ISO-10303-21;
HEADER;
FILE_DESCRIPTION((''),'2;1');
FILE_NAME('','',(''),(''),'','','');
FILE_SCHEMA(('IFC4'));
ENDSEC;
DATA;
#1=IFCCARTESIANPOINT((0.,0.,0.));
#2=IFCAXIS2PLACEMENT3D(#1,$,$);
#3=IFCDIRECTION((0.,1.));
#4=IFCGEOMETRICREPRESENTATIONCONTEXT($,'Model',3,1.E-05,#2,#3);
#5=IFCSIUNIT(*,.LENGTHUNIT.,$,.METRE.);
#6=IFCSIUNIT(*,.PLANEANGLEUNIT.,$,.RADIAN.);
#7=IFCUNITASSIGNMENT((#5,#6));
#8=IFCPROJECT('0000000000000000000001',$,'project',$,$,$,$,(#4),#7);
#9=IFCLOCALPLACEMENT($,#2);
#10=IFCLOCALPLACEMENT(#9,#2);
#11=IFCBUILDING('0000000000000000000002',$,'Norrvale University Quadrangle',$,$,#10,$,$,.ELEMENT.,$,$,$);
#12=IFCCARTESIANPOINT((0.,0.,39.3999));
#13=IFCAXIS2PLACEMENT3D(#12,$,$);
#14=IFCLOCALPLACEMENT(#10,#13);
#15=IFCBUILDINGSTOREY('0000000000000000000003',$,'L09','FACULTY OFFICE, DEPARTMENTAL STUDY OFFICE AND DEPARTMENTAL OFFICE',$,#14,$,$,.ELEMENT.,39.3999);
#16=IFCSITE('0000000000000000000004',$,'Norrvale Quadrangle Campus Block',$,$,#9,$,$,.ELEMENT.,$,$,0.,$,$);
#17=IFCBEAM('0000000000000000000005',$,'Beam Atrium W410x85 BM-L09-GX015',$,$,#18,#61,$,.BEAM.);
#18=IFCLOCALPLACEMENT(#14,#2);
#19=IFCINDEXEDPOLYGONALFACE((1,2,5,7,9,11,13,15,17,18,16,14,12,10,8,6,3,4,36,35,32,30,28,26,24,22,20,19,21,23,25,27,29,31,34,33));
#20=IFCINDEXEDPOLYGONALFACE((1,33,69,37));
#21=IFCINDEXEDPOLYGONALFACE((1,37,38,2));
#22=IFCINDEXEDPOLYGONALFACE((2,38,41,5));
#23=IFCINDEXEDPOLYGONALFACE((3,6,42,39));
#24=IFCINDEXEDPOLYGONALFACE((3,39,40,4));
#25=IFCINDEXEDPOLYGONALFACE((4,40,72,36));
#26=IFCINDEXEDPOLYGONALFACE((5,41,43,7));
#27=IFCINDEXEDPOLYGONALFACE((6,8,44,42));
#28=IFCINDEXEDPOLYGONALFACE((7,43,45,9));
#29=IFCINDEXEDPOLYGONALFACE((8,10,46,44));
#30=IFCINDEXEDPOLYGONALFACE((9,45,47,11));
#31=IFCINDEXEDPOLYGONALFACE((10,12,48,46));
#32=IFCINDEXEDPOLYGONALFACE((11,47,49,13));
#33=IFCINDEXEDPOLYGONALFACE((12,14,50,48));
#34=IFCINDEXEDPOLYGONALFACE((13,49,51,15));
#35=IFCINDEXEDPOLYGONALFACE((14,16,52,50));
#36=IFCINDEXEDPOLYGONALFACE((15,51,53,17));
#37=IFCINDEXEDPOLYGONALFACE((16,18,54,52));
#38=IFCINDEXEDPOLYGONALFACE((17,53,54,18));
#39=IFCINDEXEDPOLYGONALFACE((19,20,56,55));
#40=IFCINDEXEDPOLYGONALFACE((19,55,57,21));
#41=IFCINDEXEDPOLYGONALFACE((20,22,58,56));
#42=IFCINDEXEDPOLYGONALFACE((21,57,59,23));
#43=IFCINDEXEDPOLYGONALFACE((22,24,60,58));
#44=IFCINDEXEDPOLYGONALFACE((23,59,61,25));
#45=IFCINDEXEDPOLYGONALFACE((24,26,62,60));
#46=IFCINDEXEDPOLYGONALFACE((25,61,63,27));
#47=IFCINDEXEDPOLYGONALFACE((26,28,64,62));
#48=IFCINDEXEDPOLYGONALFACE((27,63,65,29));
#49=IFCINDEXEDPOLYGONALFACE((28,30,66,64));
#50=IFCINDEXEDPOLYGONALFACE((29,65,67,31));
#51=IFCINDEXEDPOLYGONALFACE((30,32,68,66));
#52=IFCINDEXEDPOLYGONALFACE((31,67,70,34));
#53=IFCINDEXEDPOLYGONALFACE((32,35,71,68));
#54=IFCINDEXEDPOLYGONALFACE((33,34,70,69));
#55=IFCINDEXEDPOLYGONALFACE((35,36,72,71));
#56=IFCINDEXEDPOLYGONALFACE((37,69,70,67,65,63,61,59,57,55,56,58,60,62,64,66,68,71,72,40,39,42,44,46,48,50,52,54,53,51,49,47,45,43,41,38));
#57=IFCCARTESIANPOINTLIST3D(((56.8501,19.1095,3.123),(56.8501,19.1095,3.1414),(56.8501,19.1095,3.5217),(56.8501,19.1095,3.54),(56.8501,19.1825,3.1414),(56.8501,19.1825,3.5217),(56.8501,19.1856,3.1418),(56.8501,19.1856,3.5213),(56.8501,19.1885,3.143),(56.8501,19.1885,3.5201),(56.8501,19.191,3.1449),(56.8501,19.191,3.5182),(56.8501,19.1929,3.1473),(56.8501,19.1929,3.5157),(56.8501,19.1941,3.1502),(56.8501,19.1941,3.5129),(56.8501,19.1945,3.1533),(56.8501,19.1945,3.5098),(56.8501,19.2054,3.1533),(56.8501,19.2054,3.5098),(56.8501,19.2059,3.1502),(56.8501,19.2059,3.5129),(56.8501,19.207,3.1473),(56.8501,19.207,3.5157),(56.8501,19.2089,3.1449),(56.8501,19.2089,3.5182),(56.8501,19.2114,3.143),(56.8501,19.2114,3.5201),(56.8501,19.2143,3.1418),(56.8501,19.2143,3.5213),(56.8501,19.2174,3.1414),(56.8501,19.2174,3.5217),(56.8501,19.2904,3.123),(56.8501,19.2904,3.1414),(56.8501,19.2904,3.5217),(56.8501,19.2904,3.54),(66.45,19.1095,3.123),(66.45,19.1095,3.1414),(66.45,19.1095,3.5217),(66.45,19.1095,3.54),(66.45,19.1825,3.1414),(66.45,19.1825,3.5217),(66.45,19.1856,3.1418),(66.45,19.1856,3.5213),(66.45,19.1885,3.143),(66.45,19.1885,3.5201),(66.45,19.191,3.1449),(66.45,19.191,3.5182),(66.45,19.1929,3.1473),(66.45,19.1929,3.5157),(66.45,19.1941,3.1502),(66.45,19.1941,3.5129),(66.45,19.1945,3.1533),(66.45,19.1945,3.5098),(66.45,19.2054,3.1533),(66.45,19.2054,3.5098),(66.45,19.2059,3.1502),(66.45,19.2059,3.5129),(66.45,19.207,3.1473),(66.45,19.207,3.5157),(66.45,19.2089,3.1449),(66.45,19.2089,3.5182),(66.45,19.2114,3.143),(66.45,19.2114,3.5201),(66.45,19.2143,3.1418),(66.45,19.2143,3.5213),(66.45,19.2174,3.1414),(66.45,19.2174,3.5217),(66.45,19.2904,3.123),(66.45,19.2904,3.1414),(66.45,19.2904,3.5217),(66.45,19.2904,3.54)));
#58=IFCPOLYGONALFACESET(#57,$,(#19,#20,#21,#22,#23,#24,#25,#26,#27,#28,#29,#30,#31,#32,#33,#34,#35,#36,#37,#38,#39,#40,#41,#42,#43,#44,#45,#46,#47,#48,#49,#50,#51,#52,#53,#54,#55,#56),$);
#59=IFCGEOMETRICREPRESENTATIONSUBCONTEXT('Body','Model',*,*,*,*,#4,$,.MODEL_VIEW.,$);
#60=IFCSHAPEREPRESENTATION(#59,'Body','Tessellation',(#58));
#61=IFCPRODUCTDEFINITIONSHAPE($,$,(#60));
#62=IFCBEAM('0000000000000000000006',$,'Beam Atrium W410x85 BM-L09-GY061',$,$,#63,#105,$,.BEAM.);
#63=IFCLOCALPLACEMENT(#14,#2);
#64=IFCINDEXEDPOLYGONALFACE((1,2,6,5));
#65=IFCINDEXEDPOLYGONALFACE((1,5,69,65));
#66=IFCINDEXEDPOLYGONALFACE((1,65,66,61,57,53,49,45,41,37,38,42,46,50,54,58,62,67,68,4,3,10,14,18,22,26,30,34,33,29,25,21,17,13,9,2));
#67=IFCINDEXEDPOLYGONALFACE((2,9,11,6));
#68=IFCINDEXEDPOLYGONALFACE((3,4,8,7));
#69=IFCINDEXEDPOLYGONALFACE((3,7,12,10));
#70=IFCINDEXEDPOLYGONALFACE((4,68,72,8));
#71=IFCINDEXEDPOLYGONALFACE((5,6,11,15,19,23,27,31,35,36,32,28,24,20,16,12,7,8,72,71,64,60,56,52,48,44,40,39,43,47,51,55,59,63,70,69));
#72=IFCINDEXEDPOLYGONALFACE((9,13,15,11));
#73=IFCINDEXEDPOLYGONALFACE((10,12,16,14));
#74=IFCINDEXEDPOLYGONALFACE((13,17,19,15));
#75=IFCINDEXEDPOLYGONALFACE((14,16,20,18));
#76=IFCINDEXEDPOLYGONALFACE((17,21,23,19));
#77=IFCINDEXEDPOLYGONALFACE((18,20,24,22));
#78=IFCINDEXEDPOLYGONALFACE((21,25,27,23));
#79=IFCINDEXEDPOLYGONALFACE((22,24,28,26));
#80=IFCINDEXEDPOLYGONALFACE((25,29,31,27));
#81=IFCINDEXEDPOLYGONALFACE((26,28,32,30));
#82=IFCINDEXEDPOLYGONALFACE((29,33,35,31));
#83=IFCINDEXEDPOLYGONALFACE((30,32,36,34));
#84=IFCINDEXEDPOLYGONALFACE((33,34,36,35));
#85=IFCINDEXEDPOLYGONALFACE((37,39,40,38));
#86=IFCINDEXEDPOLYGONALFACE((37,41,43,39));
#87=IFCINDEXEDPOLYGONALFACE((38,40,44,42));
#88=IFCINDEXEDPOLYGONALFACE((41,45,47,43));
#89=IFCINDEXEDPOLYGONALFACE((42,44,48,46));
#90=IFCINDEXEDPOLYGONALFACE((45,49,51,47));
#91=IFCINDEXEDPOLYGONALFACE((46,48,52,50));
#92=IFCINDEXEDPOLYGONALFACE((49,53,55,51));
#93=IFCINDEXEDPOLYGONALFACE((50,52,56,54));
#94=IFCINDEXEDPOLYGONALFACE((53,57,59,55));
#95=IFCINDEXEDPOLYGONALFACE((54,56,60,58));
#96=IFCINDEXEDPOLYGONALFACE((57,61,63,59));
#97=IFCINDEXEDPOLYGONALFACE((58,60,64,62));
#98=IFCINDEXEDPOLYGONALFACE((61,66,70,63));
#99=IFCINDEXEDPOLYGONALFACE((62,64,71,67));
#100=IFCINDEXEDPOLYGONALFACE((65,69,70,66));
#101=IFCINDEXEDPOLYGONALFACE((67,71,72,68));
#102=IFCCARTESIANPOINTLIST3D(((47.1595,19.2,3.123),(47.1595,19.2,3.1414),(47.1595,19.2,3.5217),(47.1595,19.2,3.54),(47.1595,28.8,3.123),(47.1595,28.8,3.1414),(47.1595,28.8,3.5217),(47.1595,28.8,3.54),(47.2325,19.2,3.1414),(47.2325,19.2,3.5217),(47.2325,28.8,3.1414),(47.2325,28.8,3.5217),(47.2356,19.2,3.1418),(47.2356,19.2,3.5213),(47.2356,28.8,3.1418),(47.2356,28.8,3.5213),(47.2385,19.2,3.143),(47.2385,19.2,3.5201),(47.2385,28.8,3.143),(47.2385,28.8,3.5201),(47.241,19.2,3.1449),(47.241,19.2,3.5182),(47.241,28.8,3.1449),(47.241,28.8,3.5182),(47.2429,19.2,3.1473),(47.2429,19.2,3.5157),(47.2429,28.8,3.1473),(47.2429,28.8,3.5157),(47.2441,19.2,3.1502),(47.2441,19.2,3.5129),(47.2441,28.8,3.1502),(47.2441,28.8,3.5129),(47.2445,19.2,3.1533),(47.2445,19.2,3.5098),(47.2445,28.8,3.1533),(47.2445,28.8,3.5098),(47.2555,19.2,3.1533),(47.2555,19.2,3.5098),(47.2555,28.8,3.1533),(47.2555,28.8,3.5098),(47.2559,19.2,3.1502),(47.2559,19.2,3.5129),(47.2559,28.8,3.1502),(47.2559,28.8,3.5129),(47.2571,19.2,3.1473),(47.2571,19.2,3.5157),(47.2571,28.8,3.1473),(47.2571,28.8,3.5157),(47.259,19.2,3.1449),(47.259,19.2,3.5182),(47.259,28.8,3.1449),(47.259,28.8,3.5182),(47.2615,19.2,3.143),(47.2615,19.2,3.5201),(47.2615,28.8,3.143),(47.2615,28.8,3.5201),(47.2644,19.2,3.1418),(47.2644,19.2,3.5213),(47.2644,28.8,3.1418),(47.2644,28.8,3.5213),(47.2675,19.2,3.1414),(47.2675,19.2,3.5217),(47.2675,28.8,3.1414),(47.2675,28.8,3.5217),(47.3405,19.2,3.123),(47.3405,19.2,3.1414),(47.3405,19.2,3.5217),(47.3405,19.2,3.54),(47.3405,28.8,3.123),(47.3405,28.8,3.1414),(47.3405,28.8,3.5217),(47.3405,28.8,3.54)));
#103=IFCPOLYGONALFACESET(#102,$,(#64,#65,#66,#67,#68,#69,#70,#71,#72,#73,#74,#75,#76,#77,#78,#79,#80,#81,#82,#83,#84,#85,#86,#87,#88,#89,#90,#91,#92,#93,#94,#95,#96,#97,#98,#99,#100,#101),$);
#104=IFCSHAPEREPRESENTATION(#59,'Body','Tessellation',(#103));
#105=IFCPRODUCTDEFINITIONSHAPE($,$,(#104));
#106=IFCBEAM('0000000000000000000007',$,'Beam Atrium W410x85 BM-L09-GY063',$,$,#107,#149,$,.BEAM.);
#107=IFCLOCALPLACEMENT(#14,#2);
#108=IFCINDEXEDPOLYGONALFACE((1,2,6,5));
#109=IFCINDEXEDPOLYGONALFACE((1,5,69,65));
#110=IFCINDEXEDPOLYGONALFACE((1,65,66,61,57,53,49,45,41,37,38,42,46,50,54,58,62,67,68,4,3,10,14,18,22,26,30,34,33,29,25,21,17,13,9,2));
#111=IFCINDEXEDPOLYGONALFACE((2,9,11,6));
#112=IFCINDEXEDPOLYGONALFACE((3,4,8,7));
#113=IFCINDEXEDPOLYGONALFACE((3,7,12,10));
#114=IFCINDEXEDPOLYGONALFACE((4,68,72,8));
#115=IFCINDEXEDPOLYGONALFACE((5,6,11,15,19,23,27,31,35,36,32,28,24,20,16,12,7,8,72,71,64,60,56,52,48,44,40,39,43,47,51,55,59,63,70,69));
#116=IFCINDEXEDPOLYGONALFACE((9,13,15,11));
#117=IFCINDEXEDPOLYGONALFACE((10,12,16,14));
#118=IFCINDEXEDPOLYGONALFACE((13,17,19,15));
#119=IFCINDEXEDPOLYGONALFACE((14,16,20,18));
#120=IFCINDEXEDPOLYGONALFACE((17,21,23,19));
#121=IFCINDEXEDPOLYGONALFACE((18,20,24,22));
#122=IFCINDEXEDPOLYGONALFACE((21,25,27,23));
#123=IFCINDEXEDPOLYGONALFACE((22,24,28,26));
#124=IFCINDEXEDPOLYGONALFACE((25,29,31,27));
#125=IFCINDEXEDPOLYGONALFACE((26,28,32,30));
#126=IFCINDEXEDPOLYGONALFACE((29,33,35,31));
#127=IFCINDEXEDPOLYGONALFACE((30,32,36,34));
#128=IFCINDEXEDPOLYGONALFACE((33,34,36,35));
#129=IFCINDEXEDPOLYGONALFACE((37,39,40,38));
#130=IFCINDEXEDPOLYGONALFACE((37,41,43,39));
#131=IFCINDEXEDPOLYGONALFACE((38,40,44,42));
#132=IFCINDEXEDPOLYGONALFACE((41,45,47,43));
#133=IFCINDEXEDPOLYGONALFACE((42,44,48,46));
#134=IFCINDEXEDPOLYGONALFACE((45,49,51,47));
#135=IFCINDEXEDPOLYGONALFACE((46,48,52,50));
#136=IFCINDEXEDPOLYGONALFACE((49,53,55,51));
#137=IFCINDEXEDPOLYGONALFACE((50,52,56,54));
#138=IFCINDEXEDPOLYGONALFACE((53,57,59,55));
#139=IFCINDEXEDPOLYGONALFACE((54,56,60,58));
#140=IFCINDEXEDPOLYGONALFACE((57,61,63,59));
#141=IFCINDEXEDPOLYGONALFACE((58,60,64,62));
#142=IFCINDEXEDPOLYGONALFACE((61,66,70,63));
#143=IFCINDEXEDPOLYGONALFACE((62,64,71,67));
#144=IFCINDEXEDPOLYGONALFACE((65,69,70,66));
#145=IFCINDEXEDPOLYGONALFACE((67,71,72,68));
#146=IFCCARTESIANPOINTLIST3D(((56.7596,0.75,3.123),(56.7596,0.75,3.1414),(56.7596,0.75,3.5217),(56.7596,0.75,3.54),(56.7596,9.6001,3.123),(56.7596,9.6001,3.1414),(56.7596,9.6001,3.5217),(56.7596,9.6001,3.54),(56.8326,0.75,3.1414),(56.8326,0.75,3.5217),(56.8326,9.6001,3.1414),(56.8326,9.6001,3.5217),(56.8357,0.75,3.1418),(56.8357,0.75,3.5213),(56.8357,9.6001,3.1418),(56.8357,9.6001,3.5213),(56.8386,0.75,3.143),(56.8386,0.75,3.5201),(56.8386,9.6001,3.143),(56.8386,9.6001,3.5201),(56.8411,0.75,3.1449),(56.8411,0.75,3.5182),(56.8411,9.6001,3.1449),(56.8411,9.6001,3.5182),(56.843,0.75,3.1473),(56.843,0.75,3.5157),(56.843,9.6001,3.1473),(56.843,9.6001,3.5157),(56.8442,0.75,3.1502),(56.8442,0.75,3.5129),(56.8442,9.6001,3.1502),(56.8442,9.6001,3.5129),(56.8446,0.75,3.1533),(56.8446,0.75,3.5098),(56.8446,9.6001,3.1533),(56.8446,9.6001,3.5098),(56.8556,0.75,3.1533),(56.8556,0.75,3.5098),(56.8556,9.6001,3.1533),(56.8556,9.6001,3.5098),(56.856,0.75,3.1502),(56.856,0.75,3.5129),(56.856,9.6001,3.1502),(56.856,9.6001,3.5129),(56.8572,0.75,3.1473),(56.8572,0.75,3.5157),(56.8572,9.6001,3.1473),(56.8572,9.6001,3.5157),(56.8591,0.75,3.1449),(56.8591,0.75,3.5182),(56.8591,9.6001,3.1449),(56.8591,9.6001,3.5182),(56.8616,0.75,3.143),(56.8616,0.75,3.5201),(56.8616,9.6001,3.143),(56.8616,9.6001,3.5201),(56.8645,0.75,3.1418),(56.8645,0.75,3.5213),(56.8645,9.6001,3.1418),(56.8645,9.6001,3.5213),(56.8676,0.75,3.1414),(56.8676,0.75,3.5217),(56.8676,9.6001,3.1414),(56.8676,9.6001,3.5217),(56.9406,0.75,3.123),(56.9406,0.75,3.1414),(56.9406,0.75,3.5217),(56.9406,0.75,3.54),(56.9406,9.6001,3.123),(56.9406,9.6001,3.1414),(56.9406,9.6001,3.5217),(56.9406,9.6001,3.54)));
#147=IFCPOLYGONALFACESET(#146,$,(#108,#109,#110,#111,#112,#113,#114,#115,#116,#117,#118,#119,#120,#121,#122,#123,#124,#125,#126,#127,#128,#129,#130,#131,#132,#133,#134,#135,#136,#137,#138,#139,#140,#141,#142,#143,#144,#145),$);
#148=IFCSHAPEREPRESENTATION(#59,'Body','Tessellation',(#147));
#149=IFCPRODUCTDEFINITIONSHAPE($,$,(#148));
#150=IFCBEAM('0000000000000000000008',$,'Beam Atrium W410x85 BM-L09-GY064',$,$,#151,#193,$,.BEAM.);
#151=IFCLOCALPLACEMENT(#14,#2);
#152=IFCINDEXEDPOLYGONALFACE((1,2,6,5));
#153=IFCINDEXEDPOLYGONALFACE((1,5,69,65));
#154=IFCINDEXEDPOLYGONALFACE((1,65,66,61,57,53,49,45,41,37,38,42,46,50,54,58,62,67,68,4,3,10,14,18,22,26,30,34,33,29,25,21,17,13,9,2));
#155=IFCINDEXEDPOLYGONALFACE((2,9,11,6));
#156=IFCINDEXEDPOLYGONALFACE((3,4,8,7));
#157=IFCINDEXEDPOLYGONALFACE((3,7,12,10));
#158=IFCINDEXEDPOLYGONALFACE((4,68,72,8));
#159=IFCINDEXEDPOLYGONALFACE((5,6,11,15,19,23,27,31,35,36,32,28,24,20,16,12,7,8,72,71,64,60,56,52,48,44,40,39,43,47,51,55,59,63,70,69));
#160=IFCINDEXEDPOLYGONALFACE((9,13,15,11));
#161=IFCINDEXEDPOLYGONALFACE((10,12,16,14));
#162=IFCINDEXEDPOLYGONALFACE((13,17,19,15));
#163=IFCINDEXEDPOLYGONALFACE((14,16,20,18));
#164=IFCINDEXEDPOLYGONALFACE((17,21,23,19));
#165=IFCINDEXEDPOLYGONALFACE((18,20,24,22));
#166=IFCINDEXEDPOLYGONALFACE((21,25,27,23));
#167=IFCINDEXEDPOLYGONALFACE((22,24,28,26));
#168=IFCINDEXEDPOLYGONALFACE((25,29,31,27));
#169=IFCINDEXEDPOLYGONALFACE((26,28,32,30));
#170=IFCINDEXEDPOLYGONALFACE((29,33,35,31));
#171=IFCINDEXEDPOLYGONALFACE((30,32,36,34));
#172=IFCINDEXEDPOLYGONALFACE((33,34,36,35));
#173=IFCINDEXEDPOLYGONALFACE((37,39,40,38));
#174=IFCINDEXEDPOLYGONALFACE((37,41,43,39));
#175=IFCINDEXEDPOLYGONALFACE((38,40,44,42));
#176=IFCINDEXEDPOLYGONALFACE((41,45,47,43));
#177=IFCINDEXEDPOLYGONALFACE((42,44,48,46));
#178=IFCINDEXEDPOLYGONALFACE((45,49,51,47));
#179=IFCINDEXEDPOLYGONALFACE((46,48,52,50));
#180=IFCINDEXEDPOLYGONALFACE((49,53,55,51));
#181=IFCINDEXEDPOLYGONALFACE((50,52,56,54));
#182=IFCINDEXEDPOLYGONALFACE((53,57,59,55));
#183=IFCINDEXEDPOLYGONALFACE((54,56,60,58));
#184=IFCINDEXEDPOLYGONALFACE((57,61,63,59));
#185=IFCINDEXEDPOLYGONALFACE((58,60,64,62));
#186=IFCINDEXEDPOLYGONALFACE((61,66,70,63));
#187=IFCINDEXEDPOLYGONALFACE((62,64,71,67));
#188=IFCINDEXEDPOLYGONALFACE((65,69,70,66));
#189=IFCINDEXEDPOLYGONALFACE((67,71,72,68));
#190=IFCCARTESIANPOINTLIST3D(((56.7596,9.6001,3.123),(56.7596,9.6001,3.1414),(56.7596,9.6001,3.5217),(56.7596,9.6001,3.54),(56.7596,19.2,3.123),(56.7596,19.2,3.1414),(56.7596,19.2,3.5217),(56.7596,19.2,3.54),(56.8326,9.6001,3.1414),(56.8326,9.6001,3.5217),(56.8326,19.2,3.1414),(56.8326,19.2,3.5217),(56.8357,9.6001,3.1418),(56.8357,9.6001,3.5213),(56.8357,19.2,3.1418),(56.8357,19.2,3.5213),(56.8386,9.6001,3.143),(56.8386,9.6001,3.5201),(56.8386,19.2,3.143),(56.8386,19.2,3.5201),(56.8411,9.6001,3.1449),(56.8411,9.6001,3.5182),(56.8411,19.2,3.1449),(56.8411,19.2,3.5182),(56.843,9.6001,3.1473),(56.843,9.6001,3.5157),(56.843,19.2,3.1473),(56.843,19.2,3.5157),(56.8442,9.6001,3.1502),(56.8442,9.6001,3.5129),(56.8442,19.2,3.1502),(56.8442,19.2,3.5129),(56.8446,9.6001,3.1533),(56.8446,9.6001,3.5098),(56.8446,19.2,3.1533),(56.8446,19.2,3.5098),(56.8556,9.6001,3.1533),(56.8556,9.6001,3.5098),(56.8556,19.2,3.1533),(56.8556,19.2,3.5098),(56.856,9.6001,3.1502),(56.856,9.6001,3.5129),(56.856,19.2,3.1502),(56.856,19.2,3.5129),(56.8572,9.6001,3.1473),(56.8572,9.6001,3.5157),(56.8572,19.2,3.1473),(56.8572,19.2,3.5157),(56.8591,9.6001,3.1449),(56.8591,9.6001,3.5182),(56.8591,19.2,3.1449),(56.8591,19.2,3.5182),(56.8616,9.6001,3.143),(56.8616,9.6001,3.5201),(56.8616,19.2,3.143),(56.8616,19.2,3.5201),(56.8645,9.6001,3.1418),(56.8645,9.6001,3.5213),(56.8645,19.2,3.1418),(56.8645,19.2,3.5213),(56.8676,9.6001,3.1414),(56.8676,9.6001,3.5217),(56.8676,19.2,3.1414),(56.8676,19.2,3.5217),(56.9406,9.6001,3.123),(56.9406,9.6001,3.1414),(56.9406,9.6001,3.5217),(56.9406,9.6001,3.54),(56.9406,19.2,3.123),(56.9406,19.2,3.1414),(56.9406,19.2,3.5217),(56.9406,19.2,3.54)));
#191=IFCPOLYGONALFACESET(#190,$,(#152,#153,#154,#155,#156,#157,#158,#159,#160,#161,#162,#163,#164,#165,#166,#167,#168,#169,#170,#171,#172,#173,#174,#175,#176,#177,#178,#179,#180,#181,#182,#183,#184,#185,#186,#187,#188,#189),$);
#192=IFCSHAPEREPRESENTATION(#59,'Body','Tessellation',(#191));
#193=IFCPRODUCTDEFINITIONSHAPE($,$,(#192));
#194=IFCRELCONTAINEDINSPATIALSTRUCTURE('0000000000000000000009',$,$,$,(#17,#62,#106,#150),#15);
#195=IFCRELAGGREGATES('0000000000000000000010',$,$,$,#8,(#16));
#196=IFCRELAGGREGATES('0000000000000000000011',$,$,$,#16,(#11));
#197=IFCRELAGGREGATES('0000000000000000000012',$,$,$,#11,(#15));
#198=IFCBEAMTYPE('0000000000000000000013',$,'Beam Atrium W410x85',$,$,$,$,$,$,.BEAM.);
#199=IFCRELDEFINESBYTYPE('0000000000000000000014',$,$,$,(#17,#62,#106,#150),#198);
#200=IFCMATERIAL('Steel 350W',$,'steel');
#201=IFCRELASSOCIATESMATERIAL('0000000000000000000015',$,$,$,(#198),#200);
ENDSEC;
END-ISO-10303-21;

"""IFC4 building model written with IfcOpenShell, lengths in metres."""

from ifc_helpers import new_model, si_unit, direction, frame, origin, origin_2d, place, context, subcontext, project, spatial, i_section, extrude, material, material_profile, profile_set, type_object, element, save


model = new_model("IFC4")

# Units and contexts
model_context = context("Model", 3, precision=1e-05, world=origin(), true_north=direction((0.0, 1.0)))
body_context = subcontext(model_context, "Body", "Model", "MODEL_VIEW")
ifc_project = project(units=[si_unit("LENGTHUNIT", "METRE"), si_unit("PLANEANGLEUNIT", "RADIAN")], contexts=[model_context])

# Site, building, storey
site_placement = place(None, origin())
site = spatial("IfcSite", under=ifc_project, at=site_placement, Name="Norrvale Quadrangle Campus Block", CompositionType="ELEMENT", RefElevation=0.0)
building_placement = place(site_placement, origin())
building = spatial("IfcBuilding", under=site, at=building_placement, Name="Norrvale University Quadrangle", CompositionType="ELEMENT")
storey_placement = place(building_placement, frame((0.0, 0.0, 39.3999)))
storey = spatial("IfcBuildingStorey", under=building, at=storey_placement, Name="L09", Description="FACULTY OFFICE, DEPARTMENTAL STUDY OFFICE AND DEPARTMENTAL OFFICE", CompositionType="ELEMENT", Elevation=39.3999)

# Beams
ifc_material_1 = material(Name="Steel 350W", Category="steel")
ifc_material_profile_1 = material_profile(ifc_material_1, i_section(OverallWidth=0.1809, OverallDepth=0.417, WebThickness=0.011, FlangeThickness=0.0183, FilletRadius=0.012, at=origin_2d()), Name="Steel 350W")
ifc_profile_set_1 = profile_set([ifc_material_profile_1], Name="Steel 350W")
beam_type_1 = type_object("IfcBeamType", Name="Beam Atrium W410x85", PredefinedType="BEAM", material=ifc_profile_set_1)
beam_1_placement = place(storey_placement, frame((56.8501, 19.2, 3.3315), z_axis=(1.0, 0.0, 0.0), x_axis=(0.0, 1.0, 0.0)))
element("IfcBeam", 1, at=beam_1_placement, inside=storey, type_object=beam_type_1, Name="Beam Atrium W410x85 BM-L09-GX015", PredefinedType="BEAM", context=body_context, shape_type="SweptSolid", body=[
    extrude(i_section(OverallWidth=0.1809, OverallDepth=0.417, WebThickness=0.011, FlangeThickness=0.0183, FilletRadius=0.012, at=origin_2d()), origin(), (0.0, 0.0, 1.0), 9.5999),
])
beam_2_placement = place(storey_placement, frame((47.25, 19.2, 3.3315), z_axis=(0.0, 1.0, 0.0), x_axis=(-1.0, 0.0, 0.0)))
element("IfcBeam", 2, at=beam_2_placement, inside=storey, type_object=beam_type_1, Name="Beam Atrium W410x85 BM-L09-GY061", PredefinedType="BEAM", context=body_context, shape_type="SweptSolid", body=[
    extrude(i_section(OverallWidth=0.1809, OverallDepth=0.417, WebThickness=0.011, FlangeThickness=0.0183, FilletRadius=0.012, at=origin_2d()), origin(), (0.0, 0.0, 1.0), 9.6001),
])
beam_3_placement = place(storey_placement, frame((56.8501, 0.75, 3.3315), z_axis=(0.0, 1.0, 0.0), x_axis=(-1.0, 0.0, 0.0)))
element("IfcBeam", 3, at=beam_3_placement, inside=storey, type_object=beam_type_1, Name="Beam Atrium W410x85 BM-L09-GY063", PredefinedType="BEAM", context=body_context, shape_type="SweptSolid", body=[
    extrude(i_section(OverallWidth=0.1809, OverallDepth=0.417, WebThickness=0.011, FlangeThickness=0.0183, FilletRadius=0.012, at=origin_2d()), origin(), (0.0, 0.0, 1.0), 8.8501),
])
beam_4_placement = place(storey_placement, frame((56.8501, 9.6001, 3.3315), z_axis=(0.0, 1.0, 0.0), x_axis=(-1.0, 0.0, 0.0)))
element("IfcBeam", 4, at=beam_4_placement, inside=storey, type_object=beam_type_1, Name="Beam Atrium W410x85 BM-L09-GY064", PredefinedType="BEAM", context=body_context, shape_type="SweptSolid", body=[
    extrude(i_section(OverallWidth=0.1809, OverallDepth=0.417, WebThickness=0.011, FlangeThickness=0.0183, FilletRadius=0.012, at=origin_2d()), origin(), (0.0, 0.0, 1.0), 9.5999),
])

save(model, "model.ifc")
